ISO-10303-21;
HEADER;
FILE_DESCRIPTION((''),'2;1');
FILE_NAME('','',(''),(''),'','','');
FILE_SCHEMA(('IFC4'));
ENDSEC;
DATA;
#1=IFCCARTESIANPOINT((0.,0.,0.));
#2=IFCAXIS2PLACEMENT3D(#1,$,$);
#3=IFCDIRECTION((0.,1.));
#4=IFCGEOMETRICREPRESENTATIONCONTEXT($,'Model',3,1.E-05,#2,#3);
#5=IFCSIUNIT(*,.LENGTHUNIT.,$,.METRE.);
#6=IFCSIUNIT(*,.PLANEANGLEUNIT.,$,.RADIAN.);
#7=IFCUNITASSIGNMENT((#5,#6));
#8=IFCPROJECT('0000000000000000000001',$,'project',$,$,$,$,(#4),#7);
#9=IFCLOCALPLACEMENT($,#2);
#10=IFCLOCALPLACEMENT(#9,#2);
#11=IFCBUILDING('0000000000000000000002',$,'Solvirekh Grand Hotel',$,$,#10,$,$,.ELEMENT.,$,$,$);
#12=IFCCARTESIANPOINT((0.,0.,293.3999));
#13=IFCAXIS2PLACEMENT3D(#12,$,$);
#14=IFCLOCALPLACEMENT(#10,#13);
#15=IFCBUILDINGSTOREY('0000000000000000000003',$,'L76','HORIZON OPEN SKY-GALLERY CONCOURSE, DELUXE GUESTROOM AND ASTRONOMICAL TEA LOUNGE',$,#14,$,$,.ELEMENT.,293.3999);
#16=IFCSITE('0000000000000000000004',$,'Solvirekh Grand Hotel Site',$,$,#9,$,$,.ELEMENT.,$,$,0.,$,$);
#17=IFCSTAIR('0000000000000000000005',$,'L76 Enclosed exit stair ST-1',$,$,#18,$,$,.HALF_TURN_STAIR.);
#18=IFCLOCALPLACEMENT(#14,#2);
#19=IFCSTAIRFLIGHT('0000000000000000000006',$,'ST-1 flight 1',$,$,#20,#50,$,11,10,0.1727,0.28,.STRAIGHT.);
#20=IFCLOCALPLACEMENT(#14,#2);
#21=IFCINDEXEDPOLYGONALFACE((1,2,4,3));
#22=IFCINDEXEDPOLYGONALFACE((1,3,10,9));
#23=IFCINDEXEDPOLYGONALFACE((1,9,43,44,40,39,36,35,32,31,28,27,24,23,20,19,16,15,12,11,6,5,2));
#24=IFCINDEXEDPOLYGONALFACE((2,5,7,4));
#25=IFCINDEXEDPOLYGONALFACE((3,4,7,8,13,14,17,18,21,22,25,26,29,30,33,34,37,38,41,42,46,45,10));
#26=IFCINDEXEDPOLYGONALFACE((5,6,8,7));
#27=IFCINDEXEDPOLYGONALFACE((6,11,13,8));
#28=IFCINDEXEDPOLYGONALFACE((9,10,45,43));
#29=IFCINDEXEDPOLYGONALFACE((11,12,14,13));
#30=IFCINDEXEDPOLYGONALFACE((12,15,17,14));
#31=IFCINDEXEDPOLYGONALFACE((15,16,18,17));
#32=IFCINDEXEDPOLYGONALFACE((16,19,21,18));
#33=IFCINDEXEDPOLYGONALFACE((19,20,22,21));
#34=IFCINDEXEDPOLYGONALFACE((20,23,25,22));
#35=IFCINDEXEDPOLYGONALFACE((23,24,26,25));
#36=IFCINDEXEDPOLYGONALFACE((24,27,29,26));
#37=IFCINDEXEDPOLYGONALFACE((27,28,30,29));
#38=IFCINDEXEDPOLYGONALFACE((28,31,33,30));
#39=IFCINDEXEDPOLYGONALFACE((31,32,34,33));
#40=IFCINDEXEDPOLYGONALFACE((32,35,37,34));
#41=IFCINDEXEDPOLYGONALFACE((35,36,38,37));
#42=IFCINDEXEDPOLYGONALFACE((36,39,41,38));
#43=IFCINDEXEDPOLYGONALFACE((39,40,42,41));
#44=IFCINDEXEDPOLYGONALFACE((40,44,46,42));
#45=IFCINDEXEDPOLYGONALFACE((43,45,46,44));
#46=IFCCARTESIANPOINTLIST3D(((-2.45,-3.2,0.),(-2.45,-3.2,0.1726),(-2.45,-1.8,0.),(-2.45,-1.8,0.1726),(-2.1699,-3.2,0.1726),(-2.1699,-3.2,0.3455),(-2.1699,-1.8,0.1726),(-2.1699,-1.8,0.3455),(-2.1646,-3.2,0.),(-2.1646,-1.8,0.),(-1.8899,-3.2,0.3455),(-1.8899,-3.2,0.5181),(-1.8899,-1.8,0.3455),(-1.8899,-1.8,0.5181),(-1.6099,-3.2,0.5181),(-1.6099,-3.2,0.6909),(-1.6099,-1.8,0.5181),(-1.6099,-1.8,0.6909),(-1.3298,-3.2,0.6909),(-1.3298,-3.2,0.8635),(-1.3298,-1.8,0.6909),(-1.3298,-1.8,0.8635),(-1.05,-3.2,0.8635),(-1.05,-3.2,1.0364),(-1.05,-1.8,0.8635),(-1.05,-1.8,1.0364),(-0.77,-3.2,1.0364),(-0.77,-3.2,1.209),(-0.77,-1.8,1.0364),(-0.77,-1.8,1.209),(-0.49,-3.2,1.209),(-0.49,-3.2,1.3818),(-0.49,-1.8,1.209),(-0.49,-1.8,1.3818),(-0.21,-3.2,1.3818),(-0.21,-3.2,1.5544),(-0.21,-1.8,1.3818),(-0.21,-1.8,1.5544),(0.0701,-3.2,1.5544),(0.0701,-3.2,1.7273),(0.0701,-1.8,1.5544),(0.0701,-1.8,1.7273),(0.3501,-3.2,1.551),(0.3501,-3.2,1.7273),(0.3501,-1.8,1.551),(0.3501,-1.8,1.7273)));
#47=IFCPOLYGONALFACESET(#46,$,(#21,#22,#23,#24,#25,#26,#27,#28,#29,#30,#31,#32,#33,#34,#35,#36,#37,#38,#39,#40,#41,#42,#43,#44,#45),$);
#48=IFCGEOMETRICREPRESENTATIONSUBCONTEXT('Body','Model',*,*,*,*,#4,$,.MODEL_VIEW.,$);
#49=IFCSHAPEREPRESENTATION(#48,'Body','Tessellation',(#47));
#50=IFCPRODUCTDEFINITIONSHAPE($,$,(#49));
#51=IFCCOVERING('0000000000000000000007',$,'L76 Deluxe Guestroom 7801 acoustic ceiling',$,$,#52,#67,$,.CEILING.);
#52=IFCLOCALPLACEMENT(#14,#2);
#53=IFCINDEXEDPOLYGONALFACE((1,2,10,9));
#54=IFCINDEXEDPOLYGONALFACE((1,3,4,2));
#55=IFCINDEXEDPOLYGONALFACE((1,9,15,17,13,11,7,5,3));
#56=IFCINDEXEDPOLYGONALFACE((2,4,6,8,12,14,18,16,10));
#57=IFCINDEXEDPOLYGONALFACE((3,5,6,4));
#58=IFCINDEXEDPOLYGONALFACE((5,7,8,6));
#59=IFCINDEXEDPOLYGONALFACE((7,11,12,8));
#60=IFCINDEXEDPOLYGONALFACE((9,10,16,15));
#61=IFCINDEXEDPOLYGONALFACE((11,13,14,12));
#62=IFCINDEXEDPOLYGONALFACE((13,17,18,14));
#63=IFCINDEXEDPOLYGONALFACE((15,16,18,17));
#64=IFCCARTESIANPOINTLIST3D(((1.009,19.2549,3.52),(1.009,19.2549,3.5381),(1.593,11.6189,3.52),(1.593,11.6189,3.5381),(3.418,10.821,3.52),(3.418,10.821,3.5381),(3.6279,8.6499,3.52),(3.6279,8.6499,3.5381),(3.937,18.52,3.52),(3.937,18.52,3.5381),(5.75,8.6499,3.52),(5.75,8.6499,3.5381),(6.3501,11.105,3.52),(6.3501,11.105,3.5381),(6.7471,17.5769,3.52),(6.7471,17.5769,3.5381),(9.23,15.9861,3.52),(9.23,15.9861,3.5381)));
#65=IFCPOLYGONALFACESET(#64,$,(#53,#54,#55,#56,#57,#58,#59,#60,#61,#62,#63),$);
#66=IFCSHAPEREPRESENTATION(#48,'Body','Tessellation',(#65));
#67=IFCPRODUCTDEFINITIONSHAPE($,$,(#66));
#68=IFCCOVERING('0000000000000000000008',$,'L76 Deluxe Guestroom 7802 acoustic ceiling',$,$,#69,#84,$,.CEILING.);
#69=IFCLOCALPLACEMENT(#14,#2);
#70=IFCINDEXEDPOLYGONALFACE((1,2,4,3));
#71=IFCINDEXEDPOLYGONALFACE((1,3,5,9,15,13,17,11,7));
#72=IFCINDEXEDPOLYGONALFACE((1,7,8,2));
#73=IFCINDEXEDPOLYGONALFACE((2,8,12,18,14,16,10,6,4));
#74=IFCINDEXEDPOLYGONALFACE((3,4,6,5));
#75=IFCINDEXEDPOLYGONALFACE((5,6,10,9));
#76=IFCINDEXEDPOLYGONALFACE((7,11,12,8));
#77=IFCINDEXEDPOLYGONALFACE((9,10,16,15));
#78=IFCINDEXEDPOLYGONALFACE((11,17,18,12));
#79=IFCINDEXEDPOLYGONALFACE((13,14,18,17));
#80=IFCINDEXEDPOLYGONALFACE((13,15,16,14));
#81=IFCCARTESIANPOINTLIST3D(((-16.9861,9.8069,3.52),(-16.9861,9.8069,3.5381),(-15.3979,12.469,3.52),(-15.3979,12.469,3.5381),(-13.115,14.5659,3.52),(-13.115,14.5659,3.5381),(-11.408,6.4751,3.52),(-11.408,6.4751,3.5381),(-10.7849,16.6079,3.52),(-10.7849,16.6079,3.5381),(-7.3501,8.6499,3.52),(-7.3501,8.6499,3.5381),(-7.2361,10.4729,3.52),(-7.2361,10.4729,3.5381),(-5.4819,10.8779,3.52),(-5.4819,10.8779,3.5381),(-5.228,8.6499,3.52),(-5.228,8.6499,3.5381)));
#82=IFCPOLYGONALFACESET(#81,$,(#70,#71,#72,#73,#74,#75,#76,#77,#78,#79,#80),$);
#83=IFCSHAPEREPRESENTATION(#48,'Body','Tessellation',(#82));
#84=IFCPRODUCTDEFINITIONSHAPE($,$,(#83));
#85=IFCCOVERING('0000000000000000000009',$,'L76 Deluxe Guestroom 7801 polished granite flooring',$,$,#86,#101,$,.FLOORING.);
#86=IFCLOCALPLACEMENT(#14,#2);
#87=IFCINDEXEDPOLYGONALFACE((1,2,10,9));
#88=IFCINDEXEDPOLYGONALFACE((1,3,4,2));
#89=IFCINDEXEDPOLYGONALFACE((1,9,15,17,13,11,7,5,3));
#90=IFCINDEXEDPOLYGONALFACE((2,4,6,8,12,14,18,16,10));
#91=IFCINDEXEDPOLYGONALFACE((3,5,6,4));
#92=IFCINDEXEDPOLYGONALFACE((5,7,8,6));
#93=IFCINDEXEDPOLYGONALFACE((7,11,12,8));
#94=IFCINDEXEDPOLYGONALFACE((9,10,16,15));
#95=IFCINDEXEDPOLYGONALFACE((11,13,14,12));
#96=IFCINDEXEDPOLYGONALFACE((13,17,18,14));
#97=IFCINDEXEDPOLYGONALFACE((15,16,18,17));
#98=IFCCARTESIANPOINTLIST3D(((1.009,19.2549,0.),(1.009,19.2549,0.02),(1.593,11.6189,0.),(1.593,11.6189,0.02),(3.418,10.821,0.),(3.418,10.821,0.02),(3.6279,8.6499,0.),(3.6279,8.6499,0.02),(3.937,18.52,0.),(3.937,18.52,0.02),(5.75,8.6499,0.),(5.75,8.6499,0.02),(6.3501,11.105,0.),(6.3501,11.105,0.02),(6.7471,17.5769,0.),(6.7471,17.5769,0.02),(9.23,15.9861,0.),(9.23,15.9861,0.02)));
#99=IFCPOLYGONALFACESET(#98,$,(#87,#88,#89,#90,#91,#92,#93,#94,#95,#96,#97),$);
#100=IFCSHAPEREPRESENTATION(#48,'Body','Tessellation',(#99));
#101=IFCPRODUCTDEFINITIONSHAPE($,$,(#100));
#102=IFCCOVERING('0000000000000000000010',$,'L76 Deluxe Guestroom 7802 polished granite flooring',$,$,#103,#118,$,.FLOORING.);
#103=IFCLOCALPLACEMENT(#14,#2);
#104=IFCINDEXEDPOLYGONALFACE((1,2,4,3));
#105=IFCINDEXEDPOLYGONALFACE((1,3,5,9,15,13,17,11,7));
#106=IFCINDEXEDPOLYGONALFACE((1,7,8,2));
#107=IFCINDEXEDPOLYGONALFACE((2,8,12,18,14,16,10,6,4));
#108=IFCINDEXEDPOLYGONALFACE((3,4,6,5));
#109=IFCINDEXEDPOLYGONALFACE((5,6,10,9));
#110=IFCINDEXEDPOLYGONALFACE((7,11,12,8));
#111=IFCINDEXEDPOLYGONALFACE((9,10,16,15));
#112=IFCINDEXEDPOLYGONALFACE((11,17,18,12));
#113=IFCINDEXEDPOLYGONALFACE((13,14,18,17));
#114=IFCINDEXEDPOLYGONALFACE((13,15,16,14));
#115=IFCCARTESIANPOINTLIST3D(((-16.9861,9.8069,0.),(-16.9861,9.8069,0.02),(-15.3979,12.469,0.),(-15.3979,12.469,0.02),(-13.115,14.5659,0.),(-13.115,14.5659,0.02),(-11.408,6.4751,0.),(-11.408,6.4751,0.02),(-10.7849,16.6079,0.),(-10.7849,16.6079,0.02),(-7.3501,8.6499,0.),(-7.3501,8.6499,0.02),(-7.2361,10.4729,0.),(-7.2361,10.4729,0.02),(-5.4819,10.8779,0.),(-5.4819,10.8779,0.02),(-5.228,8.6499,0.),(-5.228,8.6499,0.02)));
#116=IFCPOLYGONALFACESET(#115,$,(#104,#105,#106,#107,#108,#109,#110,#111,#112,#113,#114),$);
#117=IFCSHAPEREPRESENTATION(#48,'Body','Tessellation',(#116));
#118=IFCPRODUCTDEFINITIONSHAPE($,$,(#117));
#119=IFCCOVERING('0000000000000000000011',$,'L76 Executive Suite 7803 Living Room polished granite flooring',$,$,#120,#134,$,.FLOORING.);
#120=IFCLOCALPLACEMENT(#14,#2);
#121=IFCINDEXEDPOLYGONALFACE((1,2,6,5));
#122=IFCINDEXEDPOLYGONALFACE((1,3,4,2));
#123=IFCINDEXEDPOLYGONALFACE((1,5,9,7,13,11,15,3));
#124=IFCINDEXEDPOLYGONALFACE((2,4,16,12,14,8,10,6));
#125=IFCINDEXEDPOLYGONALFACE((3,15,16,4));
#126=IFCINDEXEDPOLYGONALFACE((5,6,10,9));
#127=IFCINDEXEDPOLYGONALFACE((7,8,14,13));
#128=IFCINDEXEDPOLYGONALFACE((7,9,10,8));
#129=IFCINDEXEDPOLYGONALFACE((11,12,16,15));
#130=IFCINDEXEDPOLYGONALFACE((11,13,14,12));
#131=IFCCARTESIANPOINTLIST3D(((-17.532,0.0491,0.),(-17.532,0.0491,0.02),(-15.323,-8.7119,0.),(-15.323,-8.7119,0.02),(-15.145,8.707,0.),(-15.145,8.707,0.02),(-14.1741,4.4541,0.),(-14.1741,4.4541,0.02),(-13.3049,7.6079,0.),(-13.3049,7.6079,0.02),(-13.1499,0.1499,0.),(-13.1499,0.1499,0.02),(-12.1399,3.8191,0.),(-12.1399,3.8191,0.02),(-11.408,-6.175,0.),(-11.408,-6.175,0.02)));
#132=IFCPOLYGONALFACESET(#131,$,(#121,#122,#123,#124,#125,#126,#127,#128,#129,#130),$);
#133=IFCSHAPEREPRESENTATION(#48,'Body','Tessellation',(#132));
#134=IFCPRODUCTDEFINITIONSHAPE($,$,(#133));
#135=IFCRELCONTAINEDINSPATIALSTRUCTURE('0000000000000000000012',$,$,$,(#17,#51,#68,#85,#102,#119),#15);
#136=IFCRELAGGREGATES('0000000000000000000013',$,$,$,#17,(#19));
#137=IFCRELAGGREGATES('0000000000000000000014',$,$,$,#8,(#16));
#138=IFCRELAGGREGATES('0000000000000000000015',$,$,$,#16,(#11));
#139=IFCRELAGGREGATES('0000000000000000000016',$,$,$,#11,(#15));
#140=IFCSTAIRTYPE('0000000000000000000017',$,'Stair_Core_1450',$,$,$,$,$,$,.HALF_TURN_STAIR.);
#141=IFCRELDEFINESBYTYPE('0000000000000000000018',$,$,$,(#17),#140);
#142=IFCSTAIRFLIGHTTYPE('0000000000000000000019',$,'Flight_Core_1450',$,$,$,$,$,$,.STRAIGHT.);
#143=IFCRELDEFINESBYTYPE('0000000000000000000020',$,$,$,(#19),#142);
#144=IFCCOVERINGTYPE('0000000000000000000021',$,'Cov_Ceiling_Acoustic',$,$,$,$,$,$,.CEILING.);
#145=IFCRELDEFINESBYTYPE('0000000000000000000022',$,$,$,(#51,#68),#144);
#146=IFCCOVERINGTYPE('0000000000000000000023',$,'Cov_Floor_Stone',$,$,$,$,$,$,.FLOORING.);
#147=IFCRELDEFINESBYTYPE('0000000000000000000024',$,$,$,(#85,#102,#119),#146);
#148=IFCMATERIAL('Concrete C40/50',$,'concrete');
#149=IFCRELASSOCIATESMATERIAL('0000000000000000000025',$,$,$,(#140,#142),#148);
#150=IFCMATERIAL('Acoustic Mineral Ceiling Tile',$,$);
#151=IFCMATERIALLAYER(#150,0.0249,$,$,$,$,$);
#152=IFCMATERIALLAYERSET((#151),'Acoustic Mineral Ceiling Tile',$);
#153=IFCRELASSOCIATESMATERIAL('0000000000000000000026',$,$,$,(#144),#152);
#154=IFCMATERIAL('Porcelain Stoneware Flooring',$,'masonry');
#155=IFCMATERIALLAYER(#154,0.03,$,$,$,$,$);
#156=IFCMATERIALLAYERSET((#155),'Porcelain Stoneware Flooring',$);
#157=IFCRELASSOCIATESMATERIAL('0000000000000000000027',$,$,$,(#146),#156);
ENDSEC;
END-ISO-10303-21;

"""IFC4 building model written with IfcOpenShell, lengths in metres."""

from ifc_helpers import new_model, si_unit, direction, frame, origin, place, context, subcontext, project, spatial, polyline, outline, extrude, material, layer, layer_set, type_object, element, aggregate, save


model = new_model("IFC4")

# Units and contexts
model_context = context("Model", 3, precision=1e-05, world=origin(), true_north=direction((0.0, 1.0)))
body_context = subcontext(model_context, "Body", "Model", "MODEL_VIEW")
ifc_project = project(units=[si_unit("LENGTHUNIT", "METRE"), si_unit("PLANEANGLEUNIT", "RADIAN")], contexts=[model_context])

# Site, building, storey
site_placement = place(None, origin())
site = spatial("IfcSite", under=ifc_project, at=site_placement, Name="Solvirekh Grand Hotel Site", CompositionType="ELEMENT", RefElevation=0.0)
building_placement = place(site_placement, origin())
building = spatial("IfcBuilding", under=site, at=building_placement, Name="Solvirekh Grand Hotel", CompositionType="ELEMENT")
storey_placement = place(building_placement, frame((0.0, 0.0, 293.3999)))
storey = spatial("IfcBuildingStorey", under=building, at=storey_placement, Name="L76", Description="HORIZON OPEN SKY-GALLERY CONCOURSE, DELUXE GUESTROOM AND ASTRONOMICAL TEA LOUNGE", CompositionType="ELEMENT", Elevation=293.3999)

# Stair
ifc_material_1 = material(Name="Concrete C40/50", Category="concrete")
stair_type = type_object("IfcStairType", Name="Stair_Core_1450", PredefinedType="HALF_TURN_STAIR", material=ifc_material_1)
stair_1_placement = place(storey_placement, origin())
stair_1 = element("IfcStair", 1, at=stair_1_placement, inside=storey, type_object=stair_type, Name="L76 Enclosed exit stair ST-1", PredefinedType="HALF_TURN_STAIR")

# Stair flight
stair_flight_type = type_object("IfcStairFlightType", Name="Flight_Core_1450", PredefinedType="STRAIGHT", material=ifc_material_1)
stair_flight_placement = place(storey_placement, frame((-2.45, -2.5, 0.0), z_axis=(0.0, 0.0, 1.0), x_axis=(1.0, 0.0, 0.0)))
stair_flight = element("IfcStairFlight", 2, at=stair_flight_placement, type_object=stair_flight_type, Name="ST-1 flight 1", NumberOfRisers=11, NumberOfTreads=10, PredefinedType="STRAIGHT", RiserHeight=0.1727, TreadLength=0.28, context=body_context, shape_type="SweptSolid", body=[
    extrude(outline(polyline([(0.0, 0.0), (0.0, 0.1726), (0.28, 0.1726), (0.28, 0.3455), (0.5601, 0.3455), (0.5601, 0.5181), (0.8401, 0.5181), (0.8401, 0.6909), (1.1201, 0.6909), (1.1201, 0.8635), (1.3999, 0.8635), (1.3999, 1.0364), (1.6799, 1.0364), (1.6799, 1.209), (1.96, 1.209), (1.96, 1.3818), (2.24, 1.3818), (2.24, 1.5544), (2.52, 1.5544), (2.52, 1.7273), (2.8, 1.7273), (2.8, 1.8999), (2.8, 1.551), (0.2854, 0.0), (0.0, 0.0)])), frame((0.0, 0.7, 0.0), z_axis=(0.0, -1.0, 0.0), x_axis=(1.0, 0.0, 0.0)), (0.0, 0.0, 1.0), 1.3999),
])
aggregate(stair_1, [stair_flight])

# Coverings
ifc_material_2 = material(Name="Acoustic Mineral Ceiling Tile")
ifc_layer_1 = layer(ifc_material_2, 0.0249)
ifc_layer_set_1 = layer_set([ifc_layer_1], Name="Acoustic Mineral Ceiling Tile")
covering_type_1 = type_object("IfcCoveringType", Name="Cov_Ceiling_Acoustic", PredefinedType="CEILING", material=ifc_layer_set_1)
covering_1_placement = place(storey_placement, frame((0.0, 0.0, 3.52)))
element("IfcCovering", 3, at=covering_1_placement, inside=storey, type_object=covering_type_1, Name="L76 Deluxe Guestroom 7801 acoustic ceiling", PredefinedType="CEILING", context=body_context, shape_type="SweptSolid", body=[
    extrude(outline(polyline([(1.8201, 8.6499), (1.593, 11.6189), (3.418, 10.821), (3.6279, 8.6499), (5.75, 8.6499), (6.3501, 11.105), (9.23, 15.9861), (6.7471, 17.5769), (3.937, 18.52), (1.009, 19.2549), (1.8201, 8.6499)])), origin(), (0.0, 0.0, 1.0), 0.0181),
])
covering_2_placement = place(storey_placement, frame((0.0, 0.0, 3.52)))
element("IfcCovering", 4, at=covering_2_placement, inside=storey, type_object=covering_type_1, Name="L76 Deluxe Guestroom 7802 acoustic ceiling", PredefinedType="CEILING", context=body_context, shape_type="SweptSolid", body=[
    extrude(outline(polyline([(-5.228, 8.6499), (-7.2361, 10.4729), (-5.4819, 10.8779), (-3.4199, 8.6499), (-10.7849, 16.6079), (-13.115, 14.5659), (-15.3979, 12.469), (-16.9861, 9.8069), (-11.408, 6.4751), (-7.3501, 8.6499), (-5.228, 8.6499)])), origin(), (0.0, 0.0, 1.0), 0.0181),
])
ifc_material_3 = material(Name="Porcelain Stoneware Flooring", Category="masonry")
ifc_layer_2 = layer(ifc_material_3, 0.03)
ifc_layer_set_2 = layer_set([ifc_layer_2], Name="Porcelain Stoneware Flooring")
covering_type_2 = type_object("IfcCoveringType", Name="Cov_Floor_Stone", PredefinedType="FLOORING", material=ifc_layer_set_2)
covering_3_placement = place(storey_placement, origin())
element("IfcCovering", 5, at=covering_3_placement, inside=storey, type_object=covering_type_2, Name="L76 Deluxe Guestroom 7801 polished granite flooring", PredefinedType="FLOORING", context=body_context, shape_type="SweptSolid", body=[
    extrude(outline(polyline([(1.8201, 8.6499), (1.593, 11.6189), (3.418, 10.821), (3.6279, 8.6499), (5.75, 8.6499), (6.3501, 11.105), (9.23, 15.9861), (6.7471, 17.5769), (3.937, 18.52), (1.009, 19.2549), (1.8201, 8.6499)])), origin(), (0.0, 0.0, 1.0), 0.02),
])
covering_4_placement = place(storey_placement, origin())
element("IfcCovering", 6, at=covering_4_placement, inside=storey, type_object=covering_type_2, Name="L76 Deluxe Guestroom 7802 polished granite flooring", PredefinedType="FLOORING", context=body_context, shape_type="SweptSolid", body=[
    extrude(outline(polyline([(-5.228, 8.6499), (-7.2361, 10.4729), (-5.4819, 10.8779), (-3.4199, 8.6499), (-10.7849, 16.6079), (-13.115, 14.5659), (-15.3979, 12.469), (-16.9861, 9.8069), (-11.408, 6.4751), (-7.3501, 8.6499), (-5.228, 8.6499)])), origin(), (0.0, 0.0, 1.0), 0.02),
])
covering_5_placement = place(storey_placement, origin())
element("IfcCovering", 7, at=covering_5_placement, inside=storey, type_object=covering_type_2, Name="L76 Executive Suite 7803 Living Room polished granite flooring", PredefinedType="FLOORING", context=body_context, shape_type="SweptSolid", body=[
    extrude(outline(polyline([(-14.1741, 4.4541), (-13.3049, 7.6079), (-15.145, 8.707), (-17.532, 0.0491), (-15.323, -8.7119), (-11.408, -6.175), (-13.1499, 0.1499), (-12.1399, 3.8191), (-14.1741, 4.4541)])), origin(), (0.0, 0.0, 1.0), 0.02),
])

save(model, "model.ifc")
